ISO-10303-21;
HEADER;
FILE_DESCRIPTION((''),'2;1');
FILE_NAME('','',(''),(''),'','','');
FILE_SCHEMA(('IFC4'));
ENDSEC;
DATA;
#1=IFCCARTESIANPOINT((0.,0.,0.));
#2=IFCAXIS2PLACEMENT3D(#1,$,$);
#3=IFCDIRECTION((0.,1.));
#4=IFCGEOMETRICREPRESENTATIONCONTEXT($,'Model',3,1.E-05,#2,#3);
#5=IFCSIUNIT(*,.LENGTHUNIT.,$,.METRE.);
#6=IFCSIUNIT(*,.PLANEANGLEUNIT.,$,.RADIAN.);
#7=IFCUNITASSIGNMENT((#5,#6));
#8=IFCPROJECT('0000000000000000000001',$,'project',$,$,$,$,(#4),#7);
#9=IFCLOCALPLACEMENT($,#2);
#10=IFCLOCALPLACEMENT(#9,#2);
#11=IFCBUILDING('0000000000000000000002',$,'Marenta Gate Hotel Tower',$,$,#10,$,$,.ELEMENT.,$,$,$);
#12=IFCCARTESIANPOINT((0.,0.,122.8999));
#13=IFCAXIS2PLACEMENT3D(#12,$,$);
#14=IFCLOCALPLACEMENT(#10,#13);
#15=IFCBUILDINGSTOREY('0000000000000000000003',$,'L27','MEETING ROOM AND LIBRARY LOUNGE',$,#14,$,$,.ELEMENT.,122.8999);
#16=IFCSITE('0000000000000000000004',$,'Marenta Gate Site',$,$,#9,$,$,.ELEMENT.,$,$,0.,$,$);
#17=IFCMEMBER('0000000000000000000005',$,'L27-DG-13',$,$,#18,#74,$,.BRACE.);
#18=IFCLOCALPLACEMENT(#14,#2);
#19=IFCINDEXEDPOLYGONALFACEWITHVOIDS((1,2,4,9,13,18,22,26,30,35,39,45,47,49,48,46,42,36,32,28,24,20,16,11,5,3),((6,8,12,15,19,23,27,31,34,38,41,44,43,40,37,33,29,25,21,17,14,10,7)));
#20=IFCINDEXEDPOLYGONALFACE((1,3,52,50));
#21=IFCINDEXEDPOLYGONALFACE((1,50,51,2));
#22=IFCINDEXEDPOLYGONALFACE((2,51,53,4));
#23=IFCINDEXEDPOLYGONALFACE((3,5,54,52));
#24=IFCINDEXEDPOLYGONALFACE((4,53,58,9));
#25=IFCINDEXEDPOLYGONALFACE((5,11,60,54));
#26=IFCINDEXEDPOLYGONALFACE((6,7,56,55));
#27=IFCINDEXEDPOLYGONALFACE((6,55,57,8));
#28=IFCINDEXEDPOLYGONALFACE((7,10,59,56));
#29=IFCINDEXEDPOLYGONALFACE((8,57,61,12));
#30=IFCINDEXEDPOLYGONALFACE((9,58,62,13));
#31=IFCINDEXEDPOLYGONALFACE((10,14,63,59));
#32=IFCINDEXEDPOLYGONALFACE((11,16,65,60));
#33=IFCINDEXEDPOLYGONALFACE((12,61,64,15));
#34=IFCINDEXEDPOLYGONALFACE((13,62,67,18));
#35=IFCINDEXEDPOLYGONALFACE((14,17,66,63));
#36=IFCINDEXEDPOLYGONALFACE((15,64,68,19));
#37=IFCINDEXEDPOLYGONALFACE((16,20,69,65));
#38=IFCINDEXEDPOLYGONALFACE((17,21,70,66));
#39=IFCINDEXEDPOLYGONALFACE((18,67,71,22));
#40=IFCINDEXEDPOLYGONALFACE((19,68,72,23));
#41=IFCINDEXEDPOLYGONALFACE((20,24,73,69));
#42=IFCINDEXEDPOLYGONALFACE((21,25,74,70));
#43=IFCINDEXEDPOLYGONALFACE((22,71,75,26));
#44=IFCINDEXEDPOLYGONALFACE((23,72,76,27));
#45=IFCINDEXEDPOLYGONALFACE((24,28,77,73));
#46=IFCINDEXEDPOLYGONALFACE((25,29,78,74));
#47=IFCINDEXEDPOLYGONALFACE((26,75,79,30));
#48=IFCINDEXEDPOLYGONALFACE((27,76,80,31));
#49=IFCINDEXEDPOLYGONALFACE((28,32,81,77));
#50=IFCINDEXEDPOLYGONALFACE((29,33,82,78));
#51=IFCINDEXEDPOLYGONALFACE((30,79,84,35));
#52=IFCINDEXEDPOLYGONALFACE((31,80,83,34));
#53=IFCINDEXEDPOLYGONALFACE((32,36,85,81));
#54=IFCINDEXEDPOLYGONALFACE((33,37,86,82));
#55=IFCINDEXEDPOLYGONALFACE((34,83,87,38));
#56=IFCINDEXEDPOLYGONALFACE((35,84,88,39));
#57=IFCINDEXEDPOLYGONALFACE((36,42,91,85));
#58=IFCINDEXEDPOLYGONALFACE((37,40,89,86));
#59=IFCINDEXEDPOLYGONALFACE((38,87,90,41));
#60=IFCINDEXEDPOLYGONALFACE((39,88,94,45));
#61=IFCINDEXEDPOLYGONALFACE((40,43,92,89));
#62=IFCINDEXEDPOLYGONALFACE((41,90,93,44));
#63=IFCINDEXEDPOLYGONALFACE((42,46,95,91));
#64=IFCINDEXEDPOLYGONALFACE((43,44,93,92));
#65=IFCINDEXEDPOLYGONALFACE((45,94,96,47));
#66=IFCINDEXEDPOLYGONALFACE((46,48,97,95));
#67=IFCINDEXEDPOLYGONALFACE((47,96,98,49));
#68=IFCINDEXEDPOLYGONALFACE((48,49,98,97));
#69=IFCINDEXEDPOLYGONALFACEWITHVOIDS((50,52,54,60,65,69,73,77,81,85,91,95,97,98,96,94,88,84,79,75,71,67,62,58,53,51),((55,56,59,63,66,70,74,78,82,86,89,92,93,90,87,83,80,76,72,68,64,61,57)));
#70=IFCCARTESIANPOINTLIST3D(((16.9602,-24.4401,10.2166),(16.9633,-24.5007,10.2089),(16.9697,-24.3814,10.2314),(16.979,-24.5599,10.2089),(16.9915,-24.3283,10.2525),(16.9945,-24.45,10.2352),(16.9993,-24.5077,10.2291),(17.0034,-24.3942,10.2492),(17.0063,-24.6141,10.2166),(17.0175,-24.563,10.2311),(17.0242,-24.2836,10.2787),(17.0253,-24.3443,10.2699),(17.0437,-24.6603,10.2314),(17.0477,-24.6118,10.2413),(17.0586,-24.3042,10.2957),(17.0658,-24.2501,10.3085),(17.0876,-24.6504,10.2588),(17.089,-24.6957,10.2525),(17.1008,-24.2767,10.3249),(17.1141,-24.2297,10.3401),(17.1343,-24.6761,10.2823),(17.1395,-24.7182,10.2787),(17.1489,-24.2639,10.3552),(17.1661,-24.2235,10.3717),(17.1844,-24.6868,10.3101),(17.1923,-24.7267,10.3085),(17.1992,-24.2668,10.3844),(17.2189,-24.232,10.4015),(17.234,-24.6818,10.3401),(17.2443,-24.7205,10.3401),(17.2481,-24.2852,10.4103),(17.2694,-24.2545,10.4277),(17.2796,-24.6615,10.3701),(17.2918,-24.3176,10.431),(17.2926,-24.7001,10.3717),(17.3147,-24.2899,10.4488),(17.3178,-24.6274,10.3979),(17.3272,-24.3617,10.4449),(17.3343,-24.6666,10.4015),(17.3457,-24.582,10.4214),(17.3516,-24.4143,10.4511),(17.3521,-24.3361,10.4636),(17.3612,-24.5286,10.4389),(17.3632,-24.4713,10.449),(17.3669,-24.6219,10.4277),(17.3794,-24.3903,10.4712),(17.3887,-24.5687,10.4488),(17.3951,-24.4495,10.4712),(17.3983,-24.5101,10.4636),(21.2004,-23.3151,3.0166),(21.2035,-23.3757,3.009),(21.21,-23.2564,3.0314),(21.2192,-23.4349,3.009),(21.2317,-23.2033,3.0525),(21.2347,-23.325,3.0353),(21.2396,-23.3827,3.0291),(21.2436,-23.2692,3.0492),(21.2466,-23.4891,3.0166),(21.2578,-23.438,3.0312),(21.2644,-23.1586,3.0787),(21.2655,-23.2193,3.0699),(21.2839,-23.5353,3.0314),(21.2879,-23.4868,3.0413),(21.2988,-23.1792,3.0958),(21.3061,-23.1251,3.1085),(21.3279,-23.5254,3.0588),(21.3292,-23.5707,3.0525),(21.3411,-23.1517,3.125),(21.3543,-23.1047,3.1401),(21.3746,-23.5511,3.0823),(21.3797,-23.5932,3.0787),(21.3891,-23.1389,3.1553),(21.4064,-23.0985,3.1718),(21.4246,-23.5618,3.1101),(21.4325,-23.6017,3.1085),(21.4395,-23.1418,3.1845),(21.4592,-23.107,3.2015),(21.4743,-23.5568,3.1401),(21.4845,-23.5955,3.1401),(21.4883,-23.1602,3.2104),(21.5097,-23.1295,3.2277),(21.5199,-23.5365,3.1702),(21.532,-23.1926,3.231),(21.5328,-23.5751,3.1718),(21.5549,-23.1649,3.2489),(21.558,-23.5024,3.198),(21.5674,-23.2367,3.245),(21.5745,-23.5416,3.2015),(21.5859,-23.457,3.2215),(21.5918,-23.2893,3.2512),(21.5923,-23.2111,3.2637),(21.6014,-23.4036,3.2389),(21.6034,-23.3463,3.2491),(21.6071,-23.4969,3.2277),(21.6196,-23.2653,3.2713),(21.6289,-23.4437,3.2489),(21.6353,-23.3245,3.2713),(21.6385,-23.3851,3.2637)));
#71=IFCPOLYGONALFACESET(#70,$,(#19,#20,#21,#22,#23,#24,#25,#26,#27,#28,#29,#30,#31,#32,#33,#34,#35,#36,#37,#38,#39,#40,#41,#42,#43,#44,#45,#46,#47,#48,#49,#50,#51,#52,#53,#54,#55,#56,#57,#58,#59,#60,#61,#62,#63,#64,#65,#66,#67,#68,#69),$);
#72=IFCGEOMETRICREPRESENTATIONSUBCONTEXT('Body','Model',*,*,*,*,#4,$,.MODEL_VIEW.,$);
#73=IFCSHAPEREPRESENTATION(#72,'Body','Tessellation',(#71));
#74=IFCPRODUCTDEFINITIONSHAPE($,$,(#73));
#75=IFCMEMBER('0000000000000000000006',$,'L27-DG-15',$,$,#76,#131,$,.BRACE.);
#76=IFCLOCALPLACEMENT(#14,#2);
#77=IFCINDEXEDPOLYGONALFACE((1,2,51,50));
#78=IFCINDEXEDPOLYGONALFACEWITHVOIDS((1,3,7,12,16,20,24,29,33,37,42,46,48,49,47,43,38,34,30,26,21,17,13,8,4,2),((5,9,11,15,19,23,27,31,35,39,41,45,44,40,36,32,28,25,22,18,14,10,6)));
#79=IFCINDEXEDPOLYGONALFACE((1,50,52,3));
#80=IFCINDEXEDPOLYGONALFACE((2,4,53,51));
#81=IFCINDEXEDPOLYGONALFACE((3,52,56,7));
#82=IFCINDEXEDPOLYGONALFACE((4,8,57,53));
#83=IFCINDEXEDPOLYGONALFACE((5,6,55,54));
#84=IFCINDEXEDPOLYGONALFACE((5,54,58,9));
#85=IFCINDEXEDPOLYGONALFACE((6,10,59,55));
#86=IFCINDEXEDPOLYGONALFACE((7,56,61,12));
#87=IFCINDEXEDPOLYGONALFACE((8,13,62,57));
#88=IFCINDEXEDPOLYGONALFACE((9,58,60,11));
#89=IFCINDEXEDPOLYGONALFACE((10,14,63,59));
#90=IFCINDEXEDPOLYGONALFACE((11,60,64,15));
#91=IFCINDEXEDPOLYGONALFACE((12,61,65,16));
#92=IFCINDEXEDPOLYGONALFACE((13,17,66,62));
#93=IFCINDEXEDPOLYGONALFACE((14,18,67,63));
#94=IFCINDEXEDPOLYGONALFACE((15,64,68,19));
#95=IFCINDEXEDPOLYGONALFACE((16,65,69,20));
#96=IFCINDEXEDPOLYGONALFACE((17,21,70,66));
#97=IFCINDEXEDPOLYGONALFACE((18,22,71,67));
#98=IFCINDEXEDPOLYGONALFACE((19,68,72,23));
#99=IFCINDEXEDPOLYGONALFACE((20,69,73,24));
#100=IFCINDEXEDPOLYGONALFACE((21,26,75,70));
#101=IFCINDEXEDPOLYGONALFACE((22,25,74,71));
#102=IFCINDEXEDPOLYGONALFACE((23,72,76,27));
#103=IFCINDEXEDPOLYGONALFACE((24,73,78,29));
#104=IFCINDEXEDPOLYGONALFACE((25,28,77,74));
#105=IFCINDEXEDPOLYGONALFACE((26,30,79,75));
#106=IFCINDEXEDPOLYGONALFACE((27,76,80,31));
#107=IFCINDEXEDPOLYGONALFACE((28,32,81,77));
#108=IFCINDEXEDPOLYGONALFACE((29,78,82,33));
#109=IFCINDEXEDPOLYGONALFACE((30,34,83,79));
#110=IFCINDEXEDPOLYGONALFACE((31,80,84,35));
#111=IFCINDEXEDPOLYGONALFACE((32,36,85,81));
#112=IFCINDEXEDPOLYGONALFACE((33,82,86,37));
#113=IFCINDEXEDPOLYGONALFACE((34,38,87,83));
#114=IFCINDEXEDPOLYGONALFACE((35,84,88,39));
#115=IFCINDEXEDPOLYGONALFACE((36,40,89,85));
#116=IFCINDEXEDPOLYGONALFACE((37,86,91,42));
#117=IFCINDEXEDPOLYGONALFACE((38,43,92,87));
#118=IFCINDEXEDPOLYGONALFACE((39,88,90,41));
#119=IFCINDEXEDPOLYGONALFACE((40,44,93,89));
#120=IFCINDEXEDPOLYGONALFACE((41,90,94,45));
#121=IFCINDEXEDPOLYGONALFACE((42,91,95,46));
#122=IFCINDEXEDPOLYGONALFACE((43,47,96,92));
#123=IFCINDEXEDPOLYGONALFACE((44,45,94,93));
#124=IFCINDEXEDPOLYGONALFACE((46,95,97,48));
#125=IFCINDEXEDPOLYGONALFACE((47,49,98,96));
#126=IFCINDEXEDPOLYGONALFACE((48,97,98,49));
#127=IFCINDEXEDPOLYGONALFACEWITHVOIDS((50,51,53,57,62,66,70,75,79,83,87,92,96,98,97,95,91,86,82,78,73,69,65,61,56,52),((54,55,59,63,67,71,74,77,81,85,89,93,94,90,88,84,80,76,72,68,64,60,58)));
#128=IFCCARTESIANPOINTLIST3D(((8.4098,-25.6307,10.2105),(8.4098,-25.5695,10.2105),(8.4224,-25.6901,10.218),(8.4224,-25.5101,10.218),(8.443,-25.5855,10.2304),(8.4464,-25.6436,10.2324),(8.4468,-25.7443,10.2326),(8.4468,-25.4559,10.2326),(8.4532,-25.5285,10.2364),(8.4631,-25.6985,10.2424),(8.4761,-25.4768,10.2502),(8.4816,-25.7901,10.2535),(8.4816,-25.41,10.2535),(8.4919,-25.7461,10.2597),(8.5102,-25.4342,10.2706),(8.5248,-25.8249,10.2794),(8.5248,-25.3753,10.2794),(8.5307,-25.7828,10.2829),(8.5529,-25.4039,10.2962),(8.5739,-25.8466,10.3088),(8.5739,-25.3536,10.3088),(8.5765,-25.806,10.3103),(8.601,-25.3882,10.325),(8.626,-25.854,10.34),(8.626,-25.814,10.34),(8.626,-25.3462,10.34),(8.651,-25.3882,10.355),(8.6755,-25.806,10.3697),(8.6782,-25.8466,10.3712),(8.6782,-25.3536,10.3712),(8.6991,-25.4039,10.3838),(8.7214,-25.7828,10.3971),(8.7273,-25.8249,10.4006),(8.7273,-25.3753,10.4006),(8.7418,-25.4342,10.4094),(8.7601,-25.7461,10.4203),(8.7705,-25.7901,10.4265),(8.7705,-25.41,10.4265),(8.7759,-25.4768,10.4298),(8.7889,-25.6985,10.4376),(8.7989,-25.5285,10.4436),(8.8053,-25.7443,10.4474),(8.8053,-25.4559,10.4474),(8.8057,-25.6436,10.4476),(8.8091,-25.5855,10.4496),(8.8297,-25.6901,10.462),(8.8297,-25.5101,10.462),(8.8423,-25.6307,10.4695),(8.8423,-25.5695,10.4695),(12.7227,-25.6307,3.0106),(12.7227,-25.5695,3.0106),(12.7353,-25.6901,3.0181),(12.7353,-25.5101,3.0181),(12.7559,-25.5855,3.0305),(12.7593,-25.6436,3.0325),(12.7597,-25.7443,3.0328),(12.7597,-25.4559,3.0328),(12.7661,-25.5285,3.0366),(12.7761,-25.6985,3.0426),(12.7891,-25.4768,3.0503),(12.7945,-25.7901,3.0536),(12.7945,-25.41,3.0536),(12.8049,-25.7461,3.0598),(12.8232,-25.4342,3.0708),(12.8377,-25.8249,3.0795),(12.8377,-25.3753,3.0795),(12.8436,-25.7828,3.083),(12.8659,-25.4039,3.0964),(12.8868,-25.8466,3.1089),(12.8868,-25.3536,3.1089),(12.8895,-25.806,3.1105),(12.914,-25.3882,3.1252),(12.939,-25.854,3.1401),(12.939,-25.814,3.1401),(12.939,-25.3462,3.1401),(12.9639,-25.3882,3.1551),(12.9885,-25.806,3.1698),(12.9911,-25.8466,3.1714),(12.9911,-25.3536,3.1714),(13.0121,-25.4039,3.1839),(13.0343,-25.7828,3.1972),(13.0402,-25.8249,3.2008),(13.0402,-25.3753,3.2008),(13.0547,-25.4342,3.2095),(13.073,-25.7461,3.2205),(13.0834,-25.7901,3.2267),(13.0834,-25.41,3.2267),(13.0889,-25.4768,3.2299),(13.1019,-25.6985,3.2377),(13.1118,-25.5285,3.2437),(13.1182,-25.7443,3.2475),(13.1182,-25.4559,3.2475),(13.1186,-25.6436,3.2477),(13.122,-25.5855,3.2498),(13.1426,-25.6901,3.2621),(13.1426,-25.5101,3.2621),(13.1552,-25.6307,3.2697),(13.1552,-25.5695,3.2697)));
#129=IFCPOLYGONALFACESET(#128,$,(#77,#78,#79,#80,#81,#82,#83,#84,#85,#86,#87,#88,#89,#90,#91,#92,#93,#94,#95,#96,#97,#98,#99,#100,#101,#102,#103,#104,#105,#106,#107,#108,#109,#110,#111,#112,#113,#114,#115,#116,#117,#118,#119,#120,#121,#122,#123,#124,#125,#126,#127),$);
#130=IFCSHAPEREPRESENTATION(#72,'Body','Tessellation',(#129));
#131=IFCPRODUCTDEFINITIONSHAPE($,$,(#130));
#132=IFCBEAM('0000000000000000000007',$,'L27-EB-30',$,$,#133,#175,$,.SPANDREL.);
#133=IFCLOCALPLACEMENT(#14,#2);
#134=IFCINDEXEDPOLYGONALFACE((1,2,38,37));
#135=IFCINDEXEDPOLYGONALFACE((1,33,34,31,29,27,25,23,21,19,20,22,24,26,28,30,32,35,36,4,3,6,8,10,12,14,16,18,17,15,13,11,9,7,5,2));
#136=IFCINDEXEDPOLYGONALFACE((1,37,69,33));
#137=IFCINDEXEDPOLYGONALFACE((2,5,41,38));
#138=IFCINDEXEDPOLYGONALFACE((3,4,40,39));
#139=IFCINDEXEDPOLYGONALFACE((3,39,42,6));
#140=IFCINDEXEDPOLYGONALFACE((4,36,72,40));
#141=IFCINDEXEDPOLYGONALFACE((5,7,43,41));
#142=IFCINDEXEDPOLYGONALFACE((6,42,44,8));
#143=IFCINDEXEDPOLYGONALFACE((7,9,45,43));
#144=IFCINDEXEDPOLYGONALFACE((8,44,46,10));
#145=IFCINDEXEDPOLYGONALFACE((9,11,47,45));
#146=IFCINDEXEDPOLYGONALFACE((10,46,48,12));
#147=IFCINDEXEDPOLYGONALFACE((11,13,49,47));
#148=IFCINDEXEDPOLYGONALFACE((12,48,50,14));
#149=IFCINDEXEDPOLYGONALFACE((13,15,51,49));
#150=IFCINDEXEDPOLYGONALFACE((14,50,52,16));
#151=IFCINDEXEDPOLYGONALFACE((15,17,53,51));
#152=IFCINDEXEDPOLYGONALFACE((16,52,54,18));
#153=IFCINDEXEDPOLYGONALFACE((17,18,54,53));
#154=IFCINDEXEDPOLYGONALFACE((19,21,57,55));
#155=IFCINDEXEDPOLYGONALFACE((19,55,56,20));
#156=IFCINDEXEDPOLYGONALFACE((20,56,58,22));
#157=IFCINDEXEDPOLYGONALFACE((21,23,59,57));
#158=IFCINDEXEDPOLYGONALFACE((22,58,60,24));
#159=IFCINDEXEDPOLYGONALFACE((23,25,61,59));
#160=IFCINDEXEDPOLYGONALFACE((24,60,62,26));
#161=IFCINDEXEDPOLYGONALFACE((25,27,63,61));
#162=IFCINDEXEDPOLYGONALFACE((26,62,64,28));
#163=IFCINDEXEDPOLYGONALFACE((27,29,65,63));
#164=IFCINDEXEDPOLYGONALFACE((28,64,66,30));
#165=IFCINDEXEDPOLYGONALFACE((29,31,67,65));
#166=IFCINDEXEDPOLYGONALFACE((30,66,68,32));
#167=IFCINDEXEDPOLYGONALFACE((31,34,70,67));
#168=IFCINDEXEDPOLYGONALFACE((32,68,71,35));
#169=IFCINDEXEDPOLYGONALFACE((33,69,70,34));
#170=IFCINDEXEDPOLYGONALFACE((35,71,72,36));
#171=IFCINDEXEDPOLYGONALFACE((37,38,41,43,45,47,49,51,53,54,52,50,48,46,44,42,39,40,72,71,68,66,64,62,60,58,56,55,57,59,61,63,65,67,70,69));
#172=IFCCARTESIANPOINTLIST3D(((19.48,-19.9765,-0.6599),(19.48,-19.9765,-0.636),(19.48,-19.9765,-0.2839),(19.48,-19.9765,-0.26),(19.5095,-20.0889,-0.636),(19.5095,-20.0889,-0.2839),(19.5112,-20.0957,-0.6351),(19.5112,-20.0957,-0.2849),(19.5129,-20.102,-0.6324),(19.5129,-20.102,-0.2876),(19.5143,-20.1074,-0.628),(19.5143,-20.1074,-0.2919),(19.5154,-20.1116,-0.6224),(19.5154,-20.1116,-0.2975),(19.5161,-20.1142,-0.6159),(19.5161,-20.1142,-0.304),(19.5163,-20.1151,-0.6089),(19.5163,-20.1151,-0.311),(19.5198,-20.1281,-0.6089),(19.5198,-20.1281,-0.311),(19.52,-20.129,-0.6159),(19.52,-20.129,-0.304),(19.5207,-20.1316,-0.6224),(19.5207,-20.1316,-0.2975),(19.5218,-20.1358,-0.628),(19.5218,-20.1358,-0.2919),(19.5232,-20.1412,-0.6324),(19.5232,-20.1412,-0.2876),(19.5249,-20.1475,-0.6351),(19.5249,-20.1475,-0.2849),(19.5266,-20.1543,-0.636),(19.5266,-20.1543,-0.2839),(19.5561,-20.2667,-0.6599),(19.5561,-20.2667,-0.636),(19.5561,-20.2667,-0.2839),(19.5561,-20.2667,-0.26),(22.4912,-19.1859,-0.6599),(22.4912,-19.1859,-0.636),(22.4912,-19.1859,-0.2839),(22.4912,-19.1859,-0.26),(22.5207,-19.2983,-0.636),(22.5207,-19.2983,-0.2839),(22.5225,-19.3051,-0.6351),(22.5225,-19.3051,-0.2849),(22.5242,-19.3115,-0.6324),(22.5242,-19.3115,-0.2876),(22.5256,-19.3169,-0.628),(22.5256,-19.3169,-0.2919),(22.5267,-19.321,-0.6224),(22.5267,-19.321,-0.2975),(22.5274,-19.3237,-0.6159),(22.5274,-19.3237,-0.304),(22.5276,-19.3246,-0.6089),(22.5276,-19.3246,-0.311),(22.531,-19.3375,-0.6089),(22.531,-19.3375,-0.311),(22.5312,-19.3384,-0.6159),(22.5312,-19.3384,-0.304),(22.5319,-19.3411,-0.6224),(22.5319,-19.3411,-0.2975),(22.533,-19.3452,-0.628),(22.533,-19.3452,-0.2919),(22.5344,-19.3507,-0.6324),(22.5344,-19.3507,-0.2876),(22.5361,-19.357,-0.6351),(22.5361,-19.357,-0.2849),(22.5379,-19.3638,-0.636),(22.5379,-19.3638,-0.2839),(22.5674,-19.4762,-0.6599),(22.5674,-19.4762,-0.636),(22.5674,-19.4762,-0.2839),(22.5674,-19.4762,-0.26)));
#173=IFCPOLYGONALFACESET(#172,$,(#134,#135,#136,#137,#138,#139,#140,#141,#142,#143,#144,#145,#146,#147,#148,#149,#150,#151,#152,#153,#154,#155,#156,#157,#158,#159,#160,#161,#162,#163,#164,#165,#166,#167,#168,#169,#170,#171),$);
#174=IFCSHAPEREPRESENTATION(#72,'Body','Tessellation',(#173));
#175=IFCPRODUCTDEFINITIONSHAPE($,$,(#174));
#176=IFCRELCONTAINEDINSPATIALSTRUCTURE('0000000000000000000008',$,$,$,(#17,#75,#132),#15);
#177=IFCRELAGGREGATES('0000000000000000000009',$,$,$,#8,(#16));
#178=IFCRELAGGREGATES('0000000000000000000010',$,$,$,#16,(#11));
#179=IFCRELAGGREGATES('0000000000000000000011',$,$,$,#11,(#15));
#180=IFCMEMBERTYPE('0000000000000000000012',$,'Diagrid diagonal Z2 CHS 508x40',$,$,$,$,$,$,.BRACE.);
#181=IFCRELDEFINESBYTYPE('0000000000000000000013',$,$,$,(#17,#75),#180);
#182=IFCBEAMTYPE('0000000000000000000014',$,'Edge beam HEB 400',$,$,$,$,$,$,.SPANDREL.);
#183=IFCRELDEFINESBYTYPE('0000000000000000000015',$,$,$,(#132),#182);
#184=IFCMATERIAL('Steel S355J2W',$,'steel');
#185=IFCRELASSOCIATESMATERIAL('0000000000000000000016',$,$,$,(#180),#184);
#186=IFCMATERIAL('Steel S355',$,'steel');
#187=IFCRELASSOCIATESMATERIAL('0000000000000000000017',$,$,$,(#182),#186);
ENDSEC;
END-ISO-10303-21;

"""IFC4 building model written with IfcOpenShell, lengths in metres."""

from ifc_helpers import new_model, si_unit, direction, frame, origin, origin_2d, place, context, subcontext, project, spatial, hollow_circle, i_section, extrude, material, material_profile, profile_set, type_object, element, save


model = new_model("IFC4")

# Units and contexts
model_context = context("Model", 3, precision=1e-05, world=origin(), true_north=direction((0.0, 1.0)))
body_context = subcontext(model_context, "Body", "Model", "MODEL_VIEW")
ifc_project = project(units=[si_unit("LENGTHUNIT", "METRE"), si_unit("PLANEANGLEUNIT", "RADIAN")], contexts=[model_context])

# Site, building, storey
site_placement = place(None, origin())
site = spatial("IfcSite", under=ifc_project, at=site_placement, Name="Marenta Gate Site", CompositionType="ELEMENT", RefElevation=0.0)
building_placement = place(site_placement, origin())
building = spatial("IfcBuilding", under=site, at=building_placement, Name="Marenta Gate Hotel Tower", CompositionType="ELEMENT")
storey_placement = place(building_placement, frame((0.0, 0.0, 122.8999)))
storey = spatial("IfcBuildingStorey", under=building, at=storey_placement, Name="L27", Description="MEETING ROOM AND LIBRARY LOUNGE", CompositionType="ELEMENT", Elevation=122.8999)

# Members
ifc_material_1 = material(Name="Steel S355J2W", Category="steel")
ifc_material_profile_1 = material_profile(ifc_material_1, hollow_circle(Radius=0.2539, WallThickness=0.04, at=origin_2d()), Name="CHS 508x40")
ifc_profile_set_1 = profile_set([ifc_material_profile_1], Name="Steel S355J2W")
member_type_1 = type_object("IfcMemberType", Name="Diagrid diagonal Z2 CHS 508x40", PredefinedType="BRACE", material=ifc_profile_set_1)
member_1_placement = place(storey_placement, frame((21.4194, -23.3501, 3.1401), z_axis=(-0.502924, -0.133434, 0.853969), x_axis=(0.256443, -0.966559, 0.0)))
element("IfcMember", 1, at=member_1_placement, inside=storey, type_object=member_type_1, Name="L27-DG-13", PredefinedType="BRACE", context=body_context, shape_type="SweptSolid", body=[
    extrude(hollow_circle(Radius=0.2539, WallThickness=0.04, at=origin_2d()), origin(), (0.0, 0.0, 1.0), 8.4312),
])
member_2_placement = place(storey_placement, frame((12.939, -25.6001, 3.1401), z_axis=(-0.513884, 0.0, 0.85786), x_axis=(0.0, -1.0, 0.0)))
element("IfcMember", 2, at=member_2_placement, inside=storey, type_object=member_type_1, Name="L27-DG-15", PredefinedType="BRACE", context=body_context, shape_type="SweptSolid", body=[
    extrude(hollow_circle(Radius=0.2539, WallThickness=0.04, at=origin_2d()), origin(), (0.0, 0.0, 1.0), 8.3928),
])

# Beam
ifc_material_2 = material(Name="Steel S355", Category="steel")
ifc_material_profile_2 = material_profile(ifc_material_2, i_section(OverallWidth=0.3, OverallDepth=0.3999, WebThickness=0.0134, FlangeThickness=0.0239, FilletRadius=0.0271, at=origin_2d()), Name="HEB 400")
ifc_profile_set_2 = profile_set([ifc_material_profile_2], Name="Steel S355")
beam_type_1 = type_object("IfcBeamType", Name="Edge beam HEB 400", PredefinedType="SPANDREL", material=ifc_profile_set_2)
beam_1_placement = place(storey_placement, frame((22.5293, -19.3311, -0.46), z_axis=(-0.967225, -0.253922, 0.0), x_axis=(0.253922, -0.967225, 0.0)))
element("IfcBeam", 3, at=beam_1_placement, inside=storey, type_object=beam_type_1, Name="L27-EB-30", PredefinedType="SPANDREL", context=body_context, shape_type="SweptSolid", body=[
    extrude(i_section(OverallWidth=0.3, OverallDepth=0.3999, WebThickness=0.0134, FlangeThickness=0.0239, FilletRadius=0.0271, at=origin_2d()), origin(), (0.0, 0.0, 1.0), 3.1133),
])

save(model, "model.ifc")
